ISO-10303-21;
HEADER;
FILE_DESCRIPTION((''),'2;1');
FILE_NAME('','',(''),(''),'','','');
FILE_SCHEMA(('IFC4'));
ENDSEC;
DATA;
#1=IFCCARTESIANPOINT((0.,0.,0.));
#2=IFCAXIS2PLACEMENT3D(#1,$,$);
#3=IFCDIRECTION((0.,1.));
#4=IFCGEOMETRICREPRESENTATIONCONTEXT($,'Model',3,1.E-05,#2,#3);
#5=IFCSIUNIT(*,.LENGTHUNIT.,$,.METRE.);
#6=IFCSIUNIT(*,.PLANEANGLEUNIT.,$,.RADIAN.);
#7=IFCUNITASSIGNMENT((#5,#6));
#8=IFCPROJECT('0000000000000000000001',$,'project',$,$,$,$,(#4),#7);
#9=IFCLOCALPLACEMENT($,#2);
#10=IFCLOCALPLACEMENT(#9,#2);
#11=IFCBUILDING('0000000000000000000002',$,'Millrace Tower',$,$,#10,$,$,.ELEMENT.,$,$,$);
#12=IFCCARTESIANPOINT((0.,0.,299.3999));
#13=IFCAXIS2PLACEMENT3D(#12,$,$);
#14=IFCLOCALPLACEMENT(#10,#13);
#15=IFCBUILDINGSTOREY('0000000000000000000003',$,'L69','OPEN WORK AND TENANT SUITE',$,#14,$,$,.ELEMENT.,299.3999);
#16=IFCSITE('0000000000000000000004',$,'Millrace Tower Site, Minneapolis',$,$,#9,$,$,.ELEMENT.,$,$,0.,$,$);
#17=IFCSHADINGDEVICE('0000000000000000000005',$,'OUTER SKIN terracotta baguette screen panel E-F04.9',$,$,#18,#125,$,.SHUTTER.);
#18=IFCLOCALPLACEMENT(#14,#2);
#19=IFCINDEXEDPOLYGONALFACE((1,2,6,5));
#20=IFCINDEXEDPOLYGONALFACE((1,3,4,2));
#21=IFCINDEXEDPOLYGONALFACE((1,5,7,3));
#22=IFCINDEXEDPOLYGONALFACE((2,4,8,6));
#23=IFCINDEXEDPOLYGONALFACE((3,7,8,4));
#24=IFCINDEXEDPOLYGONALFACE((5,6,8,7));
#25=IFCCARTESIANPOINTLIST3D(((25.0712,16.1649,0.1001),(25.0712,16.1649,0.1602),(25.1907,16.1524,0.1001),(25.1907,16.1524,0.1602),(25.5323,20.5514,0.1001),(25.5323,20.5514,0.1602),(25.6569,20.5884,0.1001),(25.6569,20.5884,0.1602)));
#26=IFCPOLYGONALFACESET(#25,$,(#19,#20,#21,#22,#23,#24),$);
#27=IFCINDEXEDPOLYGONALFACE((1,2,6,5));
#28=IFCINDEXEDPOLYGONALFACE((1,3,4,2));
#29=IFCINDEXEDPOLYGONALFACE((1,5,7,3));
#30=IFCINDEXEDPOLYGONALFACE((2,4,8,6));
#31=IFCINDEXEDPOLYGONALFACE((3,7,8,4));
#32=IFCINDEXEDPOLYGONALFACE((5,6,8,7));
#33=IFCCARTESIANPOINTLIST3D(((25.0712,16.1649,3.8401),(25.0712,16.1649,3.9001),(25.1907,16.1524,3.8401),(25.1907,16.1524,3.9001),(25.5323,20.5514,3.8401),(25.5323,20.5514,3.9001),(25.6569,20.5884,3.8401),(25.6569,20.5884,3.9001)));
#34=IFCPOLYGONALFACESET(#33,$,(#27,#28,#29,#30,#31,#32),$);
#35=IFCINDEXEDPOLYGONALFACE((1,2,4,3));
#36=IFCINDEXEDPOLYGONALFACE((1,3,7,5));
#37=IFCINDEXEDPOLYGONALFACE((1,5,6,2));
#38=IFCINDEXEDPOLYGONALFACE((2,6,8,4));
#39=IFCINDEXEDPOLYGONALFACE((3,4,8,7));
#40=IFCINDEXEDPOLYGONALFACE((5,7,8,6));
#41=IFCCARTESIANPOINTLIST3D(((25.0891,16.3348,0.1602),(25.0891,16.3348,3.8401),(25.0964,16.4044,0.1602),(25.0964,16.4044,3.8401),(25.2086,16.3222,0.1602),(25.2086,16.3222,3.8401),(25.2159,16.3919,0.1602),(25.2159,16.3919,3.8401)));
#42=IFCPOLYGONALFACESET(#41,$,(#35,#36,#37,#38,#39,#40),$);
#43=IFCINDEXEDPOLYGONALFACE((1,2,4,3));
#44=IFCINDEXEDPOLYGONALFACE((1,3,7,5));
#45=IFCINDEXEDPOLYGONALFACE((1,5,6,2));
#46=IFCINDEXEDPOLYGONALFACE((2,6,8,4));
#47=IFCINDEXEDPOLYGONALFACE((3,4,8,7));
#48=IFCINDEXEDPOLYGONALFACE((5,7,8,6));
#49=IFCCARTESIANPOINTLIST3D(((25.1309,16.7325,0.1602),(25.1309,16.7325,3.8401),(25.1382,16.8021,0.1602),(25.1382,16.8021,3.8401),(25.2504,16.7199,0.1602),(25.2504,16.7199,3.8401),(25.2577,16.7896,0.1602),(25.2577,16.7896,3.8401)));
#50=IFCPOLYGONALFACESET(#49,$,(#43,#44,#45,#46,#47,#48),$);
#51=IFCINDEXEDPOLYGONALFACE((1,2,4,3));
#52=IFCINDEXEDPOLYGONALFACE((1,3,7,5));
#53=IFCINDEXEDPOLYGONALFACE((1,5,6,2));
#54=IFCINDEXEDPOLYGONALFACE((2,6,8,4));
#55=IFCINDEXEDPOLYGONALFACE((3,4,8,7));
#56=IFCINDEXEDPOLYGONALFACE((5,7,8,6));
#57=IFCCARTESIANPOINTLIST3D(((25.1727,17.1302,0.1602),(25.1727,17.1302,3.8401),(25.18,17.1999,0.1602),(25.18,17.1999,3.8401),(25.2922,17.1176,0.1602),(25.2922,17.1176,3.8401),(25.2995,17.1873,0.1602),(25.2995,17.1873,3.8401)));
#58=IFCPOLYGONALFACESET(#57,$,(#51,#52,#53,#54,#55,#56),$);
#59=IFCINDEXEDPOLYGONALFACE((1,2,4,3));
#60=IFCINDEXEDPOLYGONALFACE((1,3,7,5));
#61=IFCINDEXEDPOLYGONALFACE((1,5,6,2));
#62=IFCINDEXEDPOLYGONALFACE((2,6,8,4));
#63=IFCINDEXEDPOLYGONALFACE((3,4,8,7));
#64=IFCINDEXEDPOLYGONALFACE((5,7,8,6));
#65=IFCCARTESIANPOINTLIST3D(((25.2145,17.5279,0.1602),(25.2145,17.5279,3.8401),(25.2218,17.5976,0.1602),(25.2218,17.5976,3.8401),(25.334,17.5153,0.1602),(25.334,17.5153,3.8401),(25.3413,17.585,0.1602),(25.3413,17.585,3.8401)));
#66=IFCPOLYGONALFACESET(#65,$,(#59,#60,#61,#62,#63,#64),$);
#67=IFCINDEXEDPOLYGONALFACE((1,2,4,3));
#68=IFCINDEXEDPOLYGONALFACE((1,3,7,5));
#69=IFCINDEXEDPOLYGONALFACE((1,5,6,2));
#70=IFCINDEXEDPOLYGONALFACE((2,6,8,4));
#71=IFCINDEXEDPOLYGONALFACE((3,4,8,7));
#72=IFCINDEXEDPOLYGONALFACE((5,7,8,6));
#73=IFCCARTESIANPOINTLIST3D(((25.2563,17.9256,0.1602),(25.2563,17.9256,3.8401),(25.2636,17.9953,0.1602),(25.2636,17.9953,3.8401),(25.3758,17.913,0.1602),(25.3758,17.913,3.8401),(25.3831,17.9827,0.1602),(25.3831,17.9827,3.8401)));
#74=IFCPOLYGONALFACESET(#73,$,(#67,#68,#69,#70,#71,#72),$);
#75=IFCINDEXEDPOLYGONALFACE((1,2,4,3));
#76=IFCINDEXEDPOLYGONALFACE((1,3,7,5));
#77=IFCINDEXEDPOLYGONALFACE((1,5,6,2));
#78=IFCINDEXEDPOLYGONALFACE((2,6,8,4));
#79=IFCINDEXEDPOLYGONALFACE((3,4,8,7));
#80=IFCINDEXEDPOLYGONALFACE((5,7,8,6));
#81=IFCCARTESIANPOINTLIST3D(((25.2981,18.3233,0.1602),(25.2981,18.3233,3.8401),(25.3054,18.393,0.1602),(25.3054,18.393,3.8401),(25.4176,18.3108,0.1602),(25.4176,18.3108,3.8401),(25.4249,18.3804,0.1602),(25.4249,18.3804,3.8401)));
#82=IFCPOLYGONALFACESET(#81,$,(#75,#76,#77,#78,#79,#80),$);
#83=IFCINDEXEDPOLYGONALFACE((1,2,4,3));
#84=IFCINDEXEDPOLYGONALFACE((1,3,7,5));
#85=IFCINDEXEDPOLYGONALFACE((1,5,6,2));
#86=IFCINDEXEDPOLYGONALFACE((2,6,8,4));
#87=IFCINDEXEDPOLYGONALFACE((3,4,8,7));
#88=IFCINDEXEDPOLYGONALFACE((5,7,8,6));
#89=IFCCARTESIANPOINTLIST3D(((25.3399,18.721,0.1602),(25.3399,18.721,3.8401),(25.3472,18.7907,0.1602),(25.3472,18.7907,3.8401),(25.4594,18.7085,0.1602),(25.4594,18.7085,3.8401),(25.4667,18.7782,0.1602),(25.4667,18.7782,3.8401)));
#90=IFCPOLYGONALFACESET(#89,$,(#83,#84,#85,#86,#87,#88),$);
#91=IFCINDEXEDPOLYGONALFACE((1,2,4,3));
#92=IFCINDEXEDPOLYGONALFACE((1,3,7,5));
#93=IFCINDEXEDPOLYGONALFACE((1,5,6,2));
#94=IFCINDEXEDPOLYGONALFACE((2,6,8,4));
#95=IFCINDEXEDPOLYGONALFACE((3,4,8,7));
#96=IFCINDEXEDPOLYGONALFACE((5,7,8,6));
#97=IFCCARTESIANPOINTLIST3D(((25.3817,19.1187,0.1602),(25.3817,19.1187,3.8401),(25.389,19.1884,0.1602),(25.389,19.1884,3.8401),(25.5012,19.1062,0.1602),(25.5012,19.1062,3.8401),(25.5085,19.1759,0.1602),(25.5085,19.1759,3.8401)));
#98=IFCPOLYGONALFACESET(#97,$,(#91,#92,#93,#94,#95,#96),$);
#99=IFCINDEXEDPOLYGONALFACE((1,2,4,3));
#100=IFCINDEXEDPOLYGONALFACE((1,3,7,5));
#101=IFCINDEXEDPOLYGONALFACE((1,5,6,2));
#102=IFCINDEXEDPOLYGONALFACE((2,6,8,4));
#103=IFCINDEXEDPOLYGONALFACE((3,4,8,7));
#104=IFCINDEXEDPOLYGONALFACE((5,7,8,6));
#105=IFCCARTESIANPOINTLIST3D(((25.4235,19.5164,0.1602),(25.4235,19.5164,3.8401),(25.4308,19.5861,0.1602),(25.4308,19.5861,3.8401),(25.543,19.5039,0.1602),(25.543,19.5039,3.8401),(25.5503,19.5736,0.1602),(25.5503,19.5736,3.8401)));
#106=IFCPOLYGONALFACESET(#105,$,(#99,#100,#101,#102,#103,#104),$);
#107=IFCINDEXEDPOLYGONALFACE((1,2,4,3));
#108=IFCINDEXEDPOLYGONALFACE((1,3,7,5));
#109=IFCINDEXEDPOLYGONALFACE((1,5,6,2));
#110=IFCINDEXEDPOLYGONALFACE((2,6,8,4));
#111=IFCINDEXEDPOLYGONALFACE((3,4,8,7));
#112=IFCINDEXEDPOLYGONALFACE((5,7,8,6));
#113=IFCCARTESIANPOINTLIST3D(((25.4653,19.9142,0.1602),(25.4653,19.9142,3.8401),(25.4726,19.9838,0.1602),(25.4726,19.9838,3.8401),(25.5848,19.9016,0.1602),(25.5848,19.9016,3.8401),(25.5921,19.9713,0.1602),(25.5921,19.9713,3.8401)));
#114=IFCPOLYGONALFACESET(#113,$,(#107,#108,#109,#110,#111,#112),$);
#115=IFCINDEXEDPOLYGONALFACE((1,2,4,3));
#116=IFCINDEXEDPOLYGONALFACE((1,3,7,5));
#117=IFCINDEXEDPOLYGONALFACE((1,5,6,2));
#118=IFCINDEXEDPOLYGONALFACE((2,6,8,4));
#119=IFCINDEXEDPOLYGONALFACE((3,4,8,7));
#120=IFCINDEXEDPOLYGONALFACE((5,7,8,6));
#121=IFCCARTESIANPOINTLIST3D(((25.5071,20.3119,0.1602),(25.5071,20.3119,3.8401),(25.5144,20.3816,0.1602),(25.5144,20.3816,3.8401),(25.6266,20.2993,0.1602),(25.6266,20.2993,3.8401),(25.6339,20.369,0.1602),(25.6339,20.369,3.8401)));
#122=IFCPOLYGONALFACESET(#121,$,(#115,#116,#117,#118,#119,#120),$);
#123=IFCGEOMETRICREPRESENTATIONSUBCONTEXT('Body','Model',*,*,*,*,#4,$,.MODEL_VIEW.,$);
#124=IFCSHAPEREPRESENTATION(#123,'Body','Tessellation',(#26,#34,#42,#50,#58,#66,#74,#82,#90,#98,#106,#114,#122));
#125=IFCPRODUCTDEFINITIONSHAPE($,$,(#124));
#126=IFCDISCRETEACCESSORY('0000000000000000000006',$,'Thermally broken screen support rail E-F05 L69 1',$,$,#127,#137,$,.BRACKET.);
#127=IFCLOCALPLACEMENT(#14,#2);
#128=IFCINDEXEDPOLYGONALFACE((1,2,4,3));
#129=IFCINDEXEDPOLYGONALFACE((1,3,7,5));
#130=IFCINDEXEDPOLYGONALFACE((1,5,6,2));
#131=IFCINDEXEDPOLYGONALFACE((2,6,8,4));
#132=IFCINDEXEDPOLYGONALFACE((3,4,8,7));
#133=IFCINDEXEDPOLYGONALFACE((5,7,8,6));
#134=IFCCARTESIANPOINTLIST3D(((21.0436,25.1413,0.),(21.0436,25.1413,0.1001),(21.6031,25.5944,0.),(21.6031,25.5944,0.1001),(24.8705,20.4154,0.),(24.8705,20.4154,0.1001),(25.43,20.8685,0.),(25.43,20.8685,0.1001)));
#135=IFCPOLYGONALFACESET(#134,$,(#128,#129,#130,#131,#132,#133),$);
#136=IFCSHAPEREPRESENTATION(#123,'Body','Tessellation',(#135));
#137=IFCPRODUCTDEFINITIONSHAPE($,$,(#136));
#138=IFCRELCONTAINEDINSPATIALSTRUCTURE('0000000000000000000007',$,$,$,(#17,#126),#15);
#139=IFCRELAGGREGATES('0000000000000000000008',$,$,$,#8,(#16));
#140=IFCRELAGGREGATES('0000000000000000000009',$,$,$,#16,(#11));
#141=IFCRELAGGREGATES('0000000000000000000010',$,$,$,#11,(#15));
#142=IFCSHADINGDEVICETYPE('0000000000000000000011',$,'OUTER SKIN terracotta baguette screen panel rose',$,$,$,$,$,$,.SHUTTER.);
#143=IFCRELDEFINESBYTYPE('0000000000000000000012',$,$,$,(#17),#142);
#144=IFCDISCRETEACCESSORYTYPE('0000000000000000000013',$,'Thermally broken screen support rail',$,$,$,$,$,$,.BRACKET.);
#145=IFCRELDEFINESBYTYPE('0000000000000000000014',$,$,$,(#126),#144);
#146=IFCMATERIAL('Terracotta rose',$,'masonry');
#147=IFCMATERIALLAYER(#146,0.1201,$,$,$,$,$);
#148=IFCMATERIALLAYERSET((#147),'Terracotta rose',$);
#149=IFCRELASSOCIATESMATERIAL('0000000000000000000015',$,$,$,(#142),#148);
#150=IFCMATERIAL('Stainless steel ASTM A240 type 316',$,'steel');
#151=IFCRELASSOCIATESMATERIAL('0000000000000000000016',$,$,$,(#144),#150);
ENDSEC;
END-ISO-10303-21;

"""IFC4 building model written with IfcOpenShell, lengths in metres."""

from ifc_helpers import new_model, entity, si_unit, direction, frame, frame_2d, origin, origin_2d, place, context, subcontext, project, spatial, rectangle, extrude, source, transform, mapped, material, layer, layer_set, type_object, element, save


model = new_model("IFC4")

# Units and contexts
model_context = context("Model", 3, precision=1e-05, world=origin(), true_north=direction((0.0, 1.0)))
body_context = subcontext(model_context, "Body", "Model", "MODEL_VIEW")
ifc_project = project(units=[si_unit("LENGTHUNIT", "METRE"), si_unit("PLANEANGLEUNIT", "RADIAN")], contexts=[model_context])

# Site, building, storey
site_placement = place(None, origin())
site = spatial("IfcSite", under=ifc_project, at=site_placement, Name="Millrace Tower Site, Minneapolis", CompositionType="ELEMENT", RefElevation=0.0)
building_placement = place(site_placement, origin())
building = spatial("IfcBuilding", under=site, at=building_placement, Name="Millrace Tower", CompositionType="ELEMENT")
storey_placement = place(building_placement, frame((0.0, 0.0, 299.3999)))
storey = spatial("IfcBuildingStorey", under=building, at=storey_placement, Name="L69", Description="OPEN WORK AND TENANT SUITE", CompositionType="ELEMENT", Elevation=299.3999)

# Shading device
ifc_material_1 = material(Name="Terracotta rose", Category="masonry")
ifc_layer_1 = layer(ifc_material_1, 0.1201)
ifc_layer_set_1 = layer_set([ifc_layer_1], Name="Terracotta rose")
shading_device_type = type_object("IfcShadingDeviceType", Name="OUTER SKIN terracotta baguette screen panel rose", PredefinedType="SHUTTER", material=ifc_layer_set_1)
cartesian_point_1 = entity("IfcCartesianPoint", [-2.2178, 0.0601])
shared_polyline_1 = entity("IfcPolyline", [cartesian_point_1, entity("IfcCartesianPoint", [2.1929, 0.0601]), entity("IfcCartesianPoint", [2.2427, -0.0601]), entity("IfcCartesianPoint", [-2.2178, -0.0601]), cartesian_point_1])
shared_shape_1 = source(origin(), body_context, "Body", "SweptSolid", [
    entity("IfcExtrudedAreaSolid", entity("IfcArbitraryClosedProfileDef", "AREA", None, shared_polyline_1), entity("IfcAxis2Placement3D", entity("IfcCartesianPoint", [0.0, 0.0, 0.0])), entity("IfcDirection", [0.0, 0.0, 1.0]), 0.0601),
    entity("IfcExtrudedAreaSolid", entity("IfcArbitraryClosedProfileDef", "AREA", None, shared_polyline_1), entity("IfcAxis2Placement3D", entity("IfcCartesianPoint", [0.0, 0.0, 3.74])), entity("IfcDirection", [0.0, 0.0, 1.0]), 0.0601),
    extrude(rectangle(XDim=0.0701, YDim=0.1201, at=frame_2d((-2.012, 0.0))), frame((0.0, 0.0, 0.0601)), (0.0, 0.0, 1.0), 3.6799),
    extrude(rectangle(XDim=0.0701, YDim=0.1201, at=frame_2d((-1.6121, 0.0))), frame((0.0, 0.0, 0.0601)), (0.0, 0.0, 1.0), 3.6799),
    extrude(rectangle(XDim=0.0701, YDim=0.1201, at=frame_2d((-1.2122, 0.0))), frame((0.0, 0.0, 0.0601)), (0.0, 0.0, 1.0), 3.6799),
    extrude(rectangle(XDim=0.0701, YDim=0.1201, at=frame_2d((-0.8123, 0.0))), frame((0.0, 0.0, 0.0601)), (0.0, 0.0, 1.0), 3.6799),
    extrude(rectangle(XDim=0.0701, YDim=0.1201, at=frame_2d((-0.4124, 0.0))), frame((0.0, 0.0, 0.0601)), (0.0, 0.0, 1.0), 3.6799),
    extrude(rectangle(XDim=0.0701, YDim=0.1201, at=frame_2d((-0.0125, 0.0))), frame((0.0, 0.0, 0.0601)), (0.0, 0.0, 1.0), 3.6799),
    extrude(rectangle(XDim=0.0701, YDim=0.1201, at=frame_2d((0.3875, 0.0))), frame((0.0, 0.0, 0.0601)), (0.0, 0.0, 1.0), 3.6799),
    extrude(rectangle(XDim=0.0701, YDim=0.1201, at=frame_2d((0.7874, 0.0))), frame((0.0, 0.0, 0.0601)), (0.0, 0.0, 1.0), 3.6799),
    extrude(rectangle(XDim=0.0701, YDim=0.1201, at=frame_2d((1.1873, 0.0))), frame((0.0, 0.0, 0.0601)), (0.0, 0.0, 1.0), 3.6799),
    extrude(rectangle(XDim=0.0701, YDim=0.1201, at=frame_2d((1.5872, 0.0))), frame((0.0, 0.0, 0.0601)), (0.0, 0.0, 1.0), 3.6799),
    extrude(rectangle(XDim=0.0701, YDim=0.1201, at=frame_2d((1.9871, 0.0))), frame((0.0, 0.0, 0.0601)), (0.0, 0.0, 1.0), 3.6799),
])
shading_device_1_placement = place(storey_placement, frame((25.3628, 18.3643, 0.1001), z_axis=(0.0, 0.0, 1.0), x_axis=(0.104528, 0.994522, 0.0)))
element("IfcShadingDevice", 1, at=shading_device_1_placement, inside=storey, type_object=shading_device_type, Name="OUTER SKIN terracotta baguette screen panel E-F04.9", PredefinedType="SHUTTER", context=body_context, shape_type="MappedRepresentation", body=[
    mapped(shared_shape_1, transform((0.0, 0.0, 0.0), scale=1.0)),
])

# Discrete accessory
ifc_material_2 = material(Name="Stainless steel ASTM A240 type 316", Category="steel")
discrete_accessory_type = type_object("IfcDiscreteAccessoryType", Name="Thermally broken screen support rail", PredefinedType="BRACKET", material=ifc_material_2)
discrete_accessory_placement = place(storey_placement, frame((23.2368, 23.0049, 0.0), z_axis=(0.0, 0.0, 1.0), x_axis=(-0.62932, 0.777146, 0.0)))
element("IfcDiscreteAccessory", 2, at=discrete_accessory_placement, inside=storey, type_object=discrete_accessory_type, Name="Thermally broken screen support rail E-F05 L69 1", PredefinedType="BRACKET", context=body_context, shape_type="SweptSolid", body=[
    extrude(rectangle(XDim=6.0811, YDim=0.72, at=origin_2d()), origin(), (0.0, 0.0, 1.0), 0.1001),
])

save(model, "model.ifc")
